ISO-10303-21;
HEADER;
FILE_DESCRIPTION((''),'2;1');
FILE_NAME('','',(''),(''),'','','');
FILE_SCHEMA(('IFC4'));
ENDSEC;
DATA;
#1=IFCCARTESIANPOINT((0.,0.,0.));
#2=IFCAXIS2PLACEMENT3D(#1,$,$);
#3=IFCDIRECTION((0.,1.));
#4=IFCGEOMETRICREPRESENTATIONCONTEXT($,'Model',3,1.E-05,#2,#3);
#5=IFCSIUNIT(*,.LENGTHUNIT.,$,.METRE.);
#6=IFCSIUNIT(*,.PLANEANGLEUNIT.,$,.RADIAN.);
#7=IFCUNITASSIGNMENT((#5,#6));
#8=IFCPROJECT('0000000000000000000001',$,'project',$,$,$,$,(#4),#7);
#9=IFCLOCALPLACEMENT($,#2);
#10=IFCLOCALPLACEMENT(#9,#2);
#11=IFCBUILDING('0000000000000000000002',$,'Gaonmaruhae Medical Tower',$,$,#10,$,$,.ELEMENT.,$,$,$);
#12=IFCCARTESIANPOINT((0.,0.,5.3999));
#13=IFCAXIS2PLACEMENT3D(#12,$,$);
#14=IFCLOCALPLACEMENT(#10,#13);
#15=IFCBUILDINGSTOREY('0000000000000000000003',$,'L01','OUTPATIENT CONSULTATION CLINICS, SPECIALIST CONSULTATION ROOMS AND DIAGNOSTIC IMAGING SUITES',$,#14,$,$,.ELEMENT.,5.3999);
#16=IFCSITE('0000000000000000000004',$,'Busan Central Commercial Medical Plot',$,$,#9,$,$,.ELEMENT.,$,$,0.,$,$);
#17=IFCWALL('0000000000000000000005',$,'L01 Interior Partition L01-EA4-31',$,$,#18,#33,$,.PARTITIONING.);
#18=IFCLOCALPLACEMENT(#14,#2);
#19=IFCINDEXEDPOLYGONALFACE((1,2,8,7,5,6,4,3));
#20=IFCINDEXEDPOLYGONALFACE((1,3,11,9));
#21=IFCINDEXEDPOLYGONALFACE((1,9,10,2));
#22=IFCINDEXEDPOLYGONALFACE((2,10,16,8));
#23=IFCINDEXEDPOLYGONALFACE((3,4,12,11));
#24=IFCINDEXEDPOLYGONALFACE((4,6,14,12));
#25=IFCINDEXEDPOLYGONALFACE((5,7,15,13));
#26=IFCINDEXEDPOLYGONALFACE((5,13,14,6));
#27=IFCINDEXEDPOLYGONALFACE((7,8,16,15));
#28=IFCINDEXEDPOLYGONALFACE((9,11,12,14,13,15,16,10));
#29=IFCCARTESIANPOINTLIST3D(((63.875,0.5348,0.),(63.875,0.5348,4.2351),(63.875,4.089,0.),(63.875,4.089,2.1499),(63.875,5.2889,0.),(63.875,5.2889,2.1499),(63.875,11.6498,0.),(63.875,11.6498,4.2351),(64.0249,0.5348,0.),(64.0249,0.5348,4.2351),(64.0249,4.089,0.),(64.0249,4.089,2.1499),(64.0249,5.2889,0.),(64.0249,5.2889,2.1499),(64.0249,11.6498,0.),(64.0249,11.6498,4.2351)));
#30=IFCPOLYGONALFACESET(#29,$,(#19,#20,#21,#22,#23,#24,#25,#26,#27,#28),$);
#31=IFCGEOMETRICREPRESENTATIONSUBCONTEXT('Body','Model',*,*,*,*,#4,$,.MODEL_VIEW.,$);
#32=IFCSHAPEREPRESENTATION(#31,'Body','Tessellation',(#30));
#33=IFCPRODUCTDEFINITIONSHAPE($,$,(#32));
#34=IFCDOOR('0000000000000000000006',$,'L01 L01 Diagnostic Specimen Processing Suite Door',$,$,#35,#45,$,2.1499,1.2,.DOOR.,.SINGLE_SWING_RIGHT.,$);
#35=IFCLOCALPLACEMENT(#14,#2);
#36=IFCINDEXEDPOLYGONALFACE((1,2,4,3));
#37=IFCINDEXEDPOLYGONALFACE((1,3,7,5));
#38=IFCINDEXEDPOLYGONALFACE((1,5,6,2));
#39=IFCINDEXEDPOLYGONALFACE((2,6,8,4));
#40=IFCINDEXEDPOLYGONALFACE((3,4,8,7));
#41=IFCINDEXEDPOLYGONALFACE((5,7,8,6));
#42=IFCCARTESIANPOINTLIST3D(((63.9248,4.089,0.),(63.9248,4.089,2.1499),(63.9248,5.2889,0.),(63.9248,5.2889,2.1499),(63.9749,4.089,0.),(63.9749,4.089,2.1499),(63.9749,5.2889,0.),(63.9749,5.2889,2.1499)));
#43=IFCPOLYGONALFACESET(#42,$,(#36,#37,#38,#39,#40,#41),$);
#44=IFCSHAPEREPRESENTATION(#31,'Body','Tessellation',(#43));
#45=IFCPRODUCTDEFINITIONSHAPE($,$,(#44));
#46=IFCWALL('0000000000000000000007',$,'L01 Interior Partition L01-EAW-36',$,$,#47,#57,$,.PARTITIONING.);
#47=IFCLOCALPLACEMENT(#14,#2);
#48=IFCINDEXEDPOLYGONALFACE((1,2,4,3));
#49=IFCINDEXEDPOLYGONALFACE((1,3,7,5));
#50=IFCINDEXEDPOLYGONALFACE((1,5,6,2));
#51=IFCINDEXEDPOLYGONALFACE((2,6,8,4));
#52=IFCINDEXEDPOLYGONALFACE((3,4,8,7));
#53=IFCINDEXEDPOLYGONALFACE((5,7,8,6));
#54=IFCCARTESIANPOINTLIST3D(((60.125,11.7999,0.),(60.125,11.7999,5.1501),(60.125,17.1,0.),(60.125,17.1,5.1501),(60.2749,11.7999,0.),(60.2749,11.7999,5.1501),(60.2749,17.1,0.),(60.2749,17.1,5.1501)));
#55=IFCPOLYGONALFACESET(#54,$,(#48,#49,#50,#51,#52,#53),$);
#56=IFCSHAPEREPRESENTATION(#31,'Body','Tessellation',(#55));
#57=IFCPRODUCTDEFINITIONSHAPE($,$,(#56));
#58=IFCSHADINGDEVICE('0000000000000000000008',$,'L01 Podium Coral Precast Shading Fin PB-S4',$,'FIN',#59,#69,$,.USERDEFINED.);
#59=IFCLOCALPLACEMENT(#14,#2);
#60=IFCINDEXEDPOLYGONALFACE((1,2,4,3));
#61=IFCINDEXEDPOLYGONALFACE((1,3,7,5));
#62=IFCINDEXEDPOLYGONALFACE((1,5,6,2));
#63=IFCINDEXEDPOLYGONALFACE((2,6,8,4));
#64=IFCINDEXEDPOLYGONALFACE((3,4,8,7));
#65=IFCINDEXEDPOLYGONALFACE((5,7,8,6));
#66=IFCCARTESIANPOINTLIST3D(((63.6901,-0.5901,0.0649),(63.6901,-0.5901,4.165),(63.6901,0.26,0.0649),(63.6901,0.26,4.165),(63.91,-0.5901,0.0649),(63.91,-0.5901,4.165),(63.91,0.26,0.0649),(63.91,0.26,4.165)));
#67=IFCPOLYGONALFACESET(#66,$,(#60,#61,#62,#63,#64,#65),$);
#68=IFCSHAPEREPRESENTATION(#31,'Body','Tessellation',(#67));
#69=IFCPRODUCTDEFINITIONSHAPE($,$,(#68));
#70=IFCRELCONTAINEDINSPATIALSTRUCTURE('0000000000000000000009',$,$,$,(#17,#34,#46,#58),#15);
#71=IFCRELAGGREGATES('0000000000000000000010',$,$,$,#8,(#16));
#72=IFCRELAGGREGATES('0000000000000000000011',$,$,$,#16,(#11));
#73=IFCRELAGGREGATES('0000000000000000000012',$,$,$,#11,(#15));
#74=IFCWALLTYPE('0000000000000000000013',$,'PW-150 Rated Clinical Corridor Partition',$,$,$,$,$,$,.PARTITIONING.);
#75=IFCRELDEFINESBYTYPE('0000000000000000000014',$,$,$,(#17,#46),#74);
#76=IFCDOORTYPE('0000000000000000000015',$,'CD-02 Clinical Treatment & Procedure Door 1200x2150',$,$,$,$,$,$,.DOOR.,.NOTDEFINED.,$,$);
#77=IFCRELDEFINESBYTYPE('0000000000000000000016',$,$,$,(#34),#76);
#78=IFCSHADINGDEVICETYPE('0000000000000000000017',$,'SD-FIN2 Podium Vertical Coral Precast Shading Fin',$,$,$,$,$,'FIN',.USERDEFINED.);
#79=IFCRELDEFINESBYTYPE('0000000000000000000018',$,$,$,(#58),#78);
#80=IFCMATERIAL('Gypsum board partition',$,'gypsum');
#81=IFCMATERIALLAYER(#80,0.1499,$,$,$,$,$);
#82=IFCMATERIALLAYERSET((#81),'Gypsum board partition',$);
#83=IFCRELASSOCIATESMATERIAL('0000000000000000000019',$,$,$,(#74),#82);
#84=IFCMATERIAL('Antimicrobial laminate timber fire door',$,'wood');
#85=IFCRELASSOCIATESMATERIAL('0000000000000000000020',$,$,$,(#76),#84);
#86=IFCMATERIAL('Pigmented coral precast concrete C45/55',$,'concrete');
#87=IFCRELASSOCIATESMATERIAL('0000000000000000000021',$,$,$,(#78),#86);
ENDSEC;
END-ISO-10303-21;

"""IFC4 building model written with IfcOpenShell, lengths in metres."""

from ifc_helpers import new_model, si_unit, direction, frame, frame_2d, origin, origin_2d, place, context, subcontext, project, spatial, rectangle, extrude, material, layer, layer_set, type_object, element, fill, save


model = new_model("IFC4")

# Units and contexts
model_context = context("Model", 3, precision=1e-05, world=origin(), true_north=direction((0.0, 1.0)))
body_context = subcontext(model_context, "Body", "Model", "MODEL_VIEW")
ifc_project = project(units=[si_unit("LENGTHUNIT", "METRE"), si_unit("PLANEANGLEUNIT", "RADIAN")], contexts=[model_context])

# Site, building, storey
site_placement = place(None, origin())
site = spatial("IfcSite", under=ifc_project, at=site_placement, Name="Busan Central Commercial Medical Plot", CompositionType="ELEMENT", RefElevation=0.0)
building_placement = place(site_placement, origin())
building = spatial("IfcBuilding", under=site, at=building_placement, Name="Gaonmaruhae Medical Tower", CompositionType="ELEMENT")
storey_placement = place(building_placement, frame((0.0, 0.0, 5.3999)))
storey = spatial("IfcBuildingStorey", under=building, at=storey_placement, Name="L01", Description="OUTPATIENT CONSULTATION CLINICS, SPECIALIST CONSULTATION ROOMS AND DIAGNOSTIC IMAGING SUITES", CompositionType="ELEMENT", Elevation=5.3999)

# Shared definitions
ifc_material_1 = material(Name="Gypsum board partition", Category="gypsum")
ifc_layer_1 = layer(ifc_material_1, 0.1499)
ifc_layer_set_1 = layer_set([ifc_layer_1], Name="Gypsum board partition")
wall_type_1 = type_object("IfcWallType", Name="PW-150 Rated Clinical Corridor Partition", PredefinedType="PARTITIONING", material=ifc_layer_set_1)

# Wall, opening, door
ifc_material_2 = material(Name="Antimicrobial laminate timber fire door", Category="wood")
door_type = type_object("IfcDoorType", Name="CD-02 Clinical Treatment & Procedure Door 1200x2150", OperationType="NOTDEFINED", PredefinedType="DOOR", material=ifc_material_2)
wall_1_placement = place(storey_placement, frame((63.95, 11.6499, 0.0), z_axis=(0.0, 0.0, 1.0), x_axis=(0.0, -1.0, 0.0)))
wall_1 = element("IfcWall", 1, at=wall_1_placement, inside=storey, type_object=wall_type_1, Name="L01 Interior Partition L01-EA4-31", PredefinedType="PARTITIONING", context=body_context, shape_type="SweptSolid", body=[
    extrude(rectangle(XDim=11.115, YDim=0.1499, at=frame_2d((5.5576, 0.0))), origin(), (0.0, 0.0, 1.0), 4.2351),
])
opening_1_placement = place(wall_1_placement, frame((6.3608, 0.0, 0.0)))
opening_1 = element("IfcOpeningElement", 2, at=opening_1_placement, cuts=wall_1, PredefinedType="OPENING", context=body_context, shape_type="SweptSolid", body=[
    extrude(rectangle(XDim=1.2, YDim=2.1499, at=frame_2d((0.6001, 1.075))), frame((0.0, 0.085, 0.0), z_axis=(0.0, -1.0, 0.0), x_axis=(1.0, 0.0, 0.0)), (0.0, 0.0, 1.0), 0.1699),
])
door_1_placement = place(opening_1_placement, origin())
door_1 = element("IfcDoor", 3, at=door_1_placement, inside=storey, type_object=door_type, Name="L01 L01 Diagnostic Specimen Processing Suite Door", OperationType="SINGLE_SWING_RIGHT", OverallHeight=2.1499, OverallWidth=1.2, PredefinedType="DOOR", context=body_context, shape_type="SweptSolid", body=[
    extrude(rectangle(XDim=1.2, YDim=2.1499, at=frame_2d((0.6001, 1.075))), frame((0.0, 0.0249, 0.0), z_axis=(0.0, -1.0, 0.0), x_axis=(1.0, 0.0, 0.0)), (0.0, 0.0, 1.0), 0.05),
])
fill(opening_1, door_1)

# Wall
wall_2_placement = place(storey_placement, frame((60.2, 11.8, 0.0), z_axis=(0.0, 0.0, 1.0), x_axis=(0.0, 1.0, 0.0)))
element("IfcWall", 4, at=wall_2_placement, inside=storey, type_object=wall_type_1, Name="L01 Interior Partition L01-EAW-36", PredefinedType="PARTITIONING", context=body_context, shape_type="SweptSolid", body=[
    extrude(rectangle(XDim=5.3, YDim=0.1499, at=frame_2d((2.6499, 0.0))), origin(), (0.0, 0.0, 1.0), 5.1501),
])

# Shading device
ifc_material_3 = material(Name="Pigmented coral precast concrete C45/55", Category="concrete")
shading_device_type = type_object("IfcShadingDeviceType", Name="SD-FIN2 Podium Vertical Coral Precast Shading Fin", ElementType="FIN", PredefinedType="USERDEFINED", material=ifc_material_3)
shading_device_placement = place(storey_placement, frame((63.8, -0.165, 0.0649), z_axis=(0.0, 0.0, 1.0), x_axis=(-1.0, 0.0, 0.0)))
element("IfcShadingDevice", 5, at=shading_device_placement, inside=storey, type_object=shading_device_type, Name="L01 Podium Coral Precast Shading Fin PB-S4", ObjectType="FIN", PredefinedType="USERDEFINED", context=body_context, shape_type="SweptSolid", body=[
    extrude(rectangle(XDim=0.22, YDim=0.8501, at=origin_2d()), origin(), (0.0, 0.0, 1.0), 4.1001),
])

save(model, "model.ifc")
